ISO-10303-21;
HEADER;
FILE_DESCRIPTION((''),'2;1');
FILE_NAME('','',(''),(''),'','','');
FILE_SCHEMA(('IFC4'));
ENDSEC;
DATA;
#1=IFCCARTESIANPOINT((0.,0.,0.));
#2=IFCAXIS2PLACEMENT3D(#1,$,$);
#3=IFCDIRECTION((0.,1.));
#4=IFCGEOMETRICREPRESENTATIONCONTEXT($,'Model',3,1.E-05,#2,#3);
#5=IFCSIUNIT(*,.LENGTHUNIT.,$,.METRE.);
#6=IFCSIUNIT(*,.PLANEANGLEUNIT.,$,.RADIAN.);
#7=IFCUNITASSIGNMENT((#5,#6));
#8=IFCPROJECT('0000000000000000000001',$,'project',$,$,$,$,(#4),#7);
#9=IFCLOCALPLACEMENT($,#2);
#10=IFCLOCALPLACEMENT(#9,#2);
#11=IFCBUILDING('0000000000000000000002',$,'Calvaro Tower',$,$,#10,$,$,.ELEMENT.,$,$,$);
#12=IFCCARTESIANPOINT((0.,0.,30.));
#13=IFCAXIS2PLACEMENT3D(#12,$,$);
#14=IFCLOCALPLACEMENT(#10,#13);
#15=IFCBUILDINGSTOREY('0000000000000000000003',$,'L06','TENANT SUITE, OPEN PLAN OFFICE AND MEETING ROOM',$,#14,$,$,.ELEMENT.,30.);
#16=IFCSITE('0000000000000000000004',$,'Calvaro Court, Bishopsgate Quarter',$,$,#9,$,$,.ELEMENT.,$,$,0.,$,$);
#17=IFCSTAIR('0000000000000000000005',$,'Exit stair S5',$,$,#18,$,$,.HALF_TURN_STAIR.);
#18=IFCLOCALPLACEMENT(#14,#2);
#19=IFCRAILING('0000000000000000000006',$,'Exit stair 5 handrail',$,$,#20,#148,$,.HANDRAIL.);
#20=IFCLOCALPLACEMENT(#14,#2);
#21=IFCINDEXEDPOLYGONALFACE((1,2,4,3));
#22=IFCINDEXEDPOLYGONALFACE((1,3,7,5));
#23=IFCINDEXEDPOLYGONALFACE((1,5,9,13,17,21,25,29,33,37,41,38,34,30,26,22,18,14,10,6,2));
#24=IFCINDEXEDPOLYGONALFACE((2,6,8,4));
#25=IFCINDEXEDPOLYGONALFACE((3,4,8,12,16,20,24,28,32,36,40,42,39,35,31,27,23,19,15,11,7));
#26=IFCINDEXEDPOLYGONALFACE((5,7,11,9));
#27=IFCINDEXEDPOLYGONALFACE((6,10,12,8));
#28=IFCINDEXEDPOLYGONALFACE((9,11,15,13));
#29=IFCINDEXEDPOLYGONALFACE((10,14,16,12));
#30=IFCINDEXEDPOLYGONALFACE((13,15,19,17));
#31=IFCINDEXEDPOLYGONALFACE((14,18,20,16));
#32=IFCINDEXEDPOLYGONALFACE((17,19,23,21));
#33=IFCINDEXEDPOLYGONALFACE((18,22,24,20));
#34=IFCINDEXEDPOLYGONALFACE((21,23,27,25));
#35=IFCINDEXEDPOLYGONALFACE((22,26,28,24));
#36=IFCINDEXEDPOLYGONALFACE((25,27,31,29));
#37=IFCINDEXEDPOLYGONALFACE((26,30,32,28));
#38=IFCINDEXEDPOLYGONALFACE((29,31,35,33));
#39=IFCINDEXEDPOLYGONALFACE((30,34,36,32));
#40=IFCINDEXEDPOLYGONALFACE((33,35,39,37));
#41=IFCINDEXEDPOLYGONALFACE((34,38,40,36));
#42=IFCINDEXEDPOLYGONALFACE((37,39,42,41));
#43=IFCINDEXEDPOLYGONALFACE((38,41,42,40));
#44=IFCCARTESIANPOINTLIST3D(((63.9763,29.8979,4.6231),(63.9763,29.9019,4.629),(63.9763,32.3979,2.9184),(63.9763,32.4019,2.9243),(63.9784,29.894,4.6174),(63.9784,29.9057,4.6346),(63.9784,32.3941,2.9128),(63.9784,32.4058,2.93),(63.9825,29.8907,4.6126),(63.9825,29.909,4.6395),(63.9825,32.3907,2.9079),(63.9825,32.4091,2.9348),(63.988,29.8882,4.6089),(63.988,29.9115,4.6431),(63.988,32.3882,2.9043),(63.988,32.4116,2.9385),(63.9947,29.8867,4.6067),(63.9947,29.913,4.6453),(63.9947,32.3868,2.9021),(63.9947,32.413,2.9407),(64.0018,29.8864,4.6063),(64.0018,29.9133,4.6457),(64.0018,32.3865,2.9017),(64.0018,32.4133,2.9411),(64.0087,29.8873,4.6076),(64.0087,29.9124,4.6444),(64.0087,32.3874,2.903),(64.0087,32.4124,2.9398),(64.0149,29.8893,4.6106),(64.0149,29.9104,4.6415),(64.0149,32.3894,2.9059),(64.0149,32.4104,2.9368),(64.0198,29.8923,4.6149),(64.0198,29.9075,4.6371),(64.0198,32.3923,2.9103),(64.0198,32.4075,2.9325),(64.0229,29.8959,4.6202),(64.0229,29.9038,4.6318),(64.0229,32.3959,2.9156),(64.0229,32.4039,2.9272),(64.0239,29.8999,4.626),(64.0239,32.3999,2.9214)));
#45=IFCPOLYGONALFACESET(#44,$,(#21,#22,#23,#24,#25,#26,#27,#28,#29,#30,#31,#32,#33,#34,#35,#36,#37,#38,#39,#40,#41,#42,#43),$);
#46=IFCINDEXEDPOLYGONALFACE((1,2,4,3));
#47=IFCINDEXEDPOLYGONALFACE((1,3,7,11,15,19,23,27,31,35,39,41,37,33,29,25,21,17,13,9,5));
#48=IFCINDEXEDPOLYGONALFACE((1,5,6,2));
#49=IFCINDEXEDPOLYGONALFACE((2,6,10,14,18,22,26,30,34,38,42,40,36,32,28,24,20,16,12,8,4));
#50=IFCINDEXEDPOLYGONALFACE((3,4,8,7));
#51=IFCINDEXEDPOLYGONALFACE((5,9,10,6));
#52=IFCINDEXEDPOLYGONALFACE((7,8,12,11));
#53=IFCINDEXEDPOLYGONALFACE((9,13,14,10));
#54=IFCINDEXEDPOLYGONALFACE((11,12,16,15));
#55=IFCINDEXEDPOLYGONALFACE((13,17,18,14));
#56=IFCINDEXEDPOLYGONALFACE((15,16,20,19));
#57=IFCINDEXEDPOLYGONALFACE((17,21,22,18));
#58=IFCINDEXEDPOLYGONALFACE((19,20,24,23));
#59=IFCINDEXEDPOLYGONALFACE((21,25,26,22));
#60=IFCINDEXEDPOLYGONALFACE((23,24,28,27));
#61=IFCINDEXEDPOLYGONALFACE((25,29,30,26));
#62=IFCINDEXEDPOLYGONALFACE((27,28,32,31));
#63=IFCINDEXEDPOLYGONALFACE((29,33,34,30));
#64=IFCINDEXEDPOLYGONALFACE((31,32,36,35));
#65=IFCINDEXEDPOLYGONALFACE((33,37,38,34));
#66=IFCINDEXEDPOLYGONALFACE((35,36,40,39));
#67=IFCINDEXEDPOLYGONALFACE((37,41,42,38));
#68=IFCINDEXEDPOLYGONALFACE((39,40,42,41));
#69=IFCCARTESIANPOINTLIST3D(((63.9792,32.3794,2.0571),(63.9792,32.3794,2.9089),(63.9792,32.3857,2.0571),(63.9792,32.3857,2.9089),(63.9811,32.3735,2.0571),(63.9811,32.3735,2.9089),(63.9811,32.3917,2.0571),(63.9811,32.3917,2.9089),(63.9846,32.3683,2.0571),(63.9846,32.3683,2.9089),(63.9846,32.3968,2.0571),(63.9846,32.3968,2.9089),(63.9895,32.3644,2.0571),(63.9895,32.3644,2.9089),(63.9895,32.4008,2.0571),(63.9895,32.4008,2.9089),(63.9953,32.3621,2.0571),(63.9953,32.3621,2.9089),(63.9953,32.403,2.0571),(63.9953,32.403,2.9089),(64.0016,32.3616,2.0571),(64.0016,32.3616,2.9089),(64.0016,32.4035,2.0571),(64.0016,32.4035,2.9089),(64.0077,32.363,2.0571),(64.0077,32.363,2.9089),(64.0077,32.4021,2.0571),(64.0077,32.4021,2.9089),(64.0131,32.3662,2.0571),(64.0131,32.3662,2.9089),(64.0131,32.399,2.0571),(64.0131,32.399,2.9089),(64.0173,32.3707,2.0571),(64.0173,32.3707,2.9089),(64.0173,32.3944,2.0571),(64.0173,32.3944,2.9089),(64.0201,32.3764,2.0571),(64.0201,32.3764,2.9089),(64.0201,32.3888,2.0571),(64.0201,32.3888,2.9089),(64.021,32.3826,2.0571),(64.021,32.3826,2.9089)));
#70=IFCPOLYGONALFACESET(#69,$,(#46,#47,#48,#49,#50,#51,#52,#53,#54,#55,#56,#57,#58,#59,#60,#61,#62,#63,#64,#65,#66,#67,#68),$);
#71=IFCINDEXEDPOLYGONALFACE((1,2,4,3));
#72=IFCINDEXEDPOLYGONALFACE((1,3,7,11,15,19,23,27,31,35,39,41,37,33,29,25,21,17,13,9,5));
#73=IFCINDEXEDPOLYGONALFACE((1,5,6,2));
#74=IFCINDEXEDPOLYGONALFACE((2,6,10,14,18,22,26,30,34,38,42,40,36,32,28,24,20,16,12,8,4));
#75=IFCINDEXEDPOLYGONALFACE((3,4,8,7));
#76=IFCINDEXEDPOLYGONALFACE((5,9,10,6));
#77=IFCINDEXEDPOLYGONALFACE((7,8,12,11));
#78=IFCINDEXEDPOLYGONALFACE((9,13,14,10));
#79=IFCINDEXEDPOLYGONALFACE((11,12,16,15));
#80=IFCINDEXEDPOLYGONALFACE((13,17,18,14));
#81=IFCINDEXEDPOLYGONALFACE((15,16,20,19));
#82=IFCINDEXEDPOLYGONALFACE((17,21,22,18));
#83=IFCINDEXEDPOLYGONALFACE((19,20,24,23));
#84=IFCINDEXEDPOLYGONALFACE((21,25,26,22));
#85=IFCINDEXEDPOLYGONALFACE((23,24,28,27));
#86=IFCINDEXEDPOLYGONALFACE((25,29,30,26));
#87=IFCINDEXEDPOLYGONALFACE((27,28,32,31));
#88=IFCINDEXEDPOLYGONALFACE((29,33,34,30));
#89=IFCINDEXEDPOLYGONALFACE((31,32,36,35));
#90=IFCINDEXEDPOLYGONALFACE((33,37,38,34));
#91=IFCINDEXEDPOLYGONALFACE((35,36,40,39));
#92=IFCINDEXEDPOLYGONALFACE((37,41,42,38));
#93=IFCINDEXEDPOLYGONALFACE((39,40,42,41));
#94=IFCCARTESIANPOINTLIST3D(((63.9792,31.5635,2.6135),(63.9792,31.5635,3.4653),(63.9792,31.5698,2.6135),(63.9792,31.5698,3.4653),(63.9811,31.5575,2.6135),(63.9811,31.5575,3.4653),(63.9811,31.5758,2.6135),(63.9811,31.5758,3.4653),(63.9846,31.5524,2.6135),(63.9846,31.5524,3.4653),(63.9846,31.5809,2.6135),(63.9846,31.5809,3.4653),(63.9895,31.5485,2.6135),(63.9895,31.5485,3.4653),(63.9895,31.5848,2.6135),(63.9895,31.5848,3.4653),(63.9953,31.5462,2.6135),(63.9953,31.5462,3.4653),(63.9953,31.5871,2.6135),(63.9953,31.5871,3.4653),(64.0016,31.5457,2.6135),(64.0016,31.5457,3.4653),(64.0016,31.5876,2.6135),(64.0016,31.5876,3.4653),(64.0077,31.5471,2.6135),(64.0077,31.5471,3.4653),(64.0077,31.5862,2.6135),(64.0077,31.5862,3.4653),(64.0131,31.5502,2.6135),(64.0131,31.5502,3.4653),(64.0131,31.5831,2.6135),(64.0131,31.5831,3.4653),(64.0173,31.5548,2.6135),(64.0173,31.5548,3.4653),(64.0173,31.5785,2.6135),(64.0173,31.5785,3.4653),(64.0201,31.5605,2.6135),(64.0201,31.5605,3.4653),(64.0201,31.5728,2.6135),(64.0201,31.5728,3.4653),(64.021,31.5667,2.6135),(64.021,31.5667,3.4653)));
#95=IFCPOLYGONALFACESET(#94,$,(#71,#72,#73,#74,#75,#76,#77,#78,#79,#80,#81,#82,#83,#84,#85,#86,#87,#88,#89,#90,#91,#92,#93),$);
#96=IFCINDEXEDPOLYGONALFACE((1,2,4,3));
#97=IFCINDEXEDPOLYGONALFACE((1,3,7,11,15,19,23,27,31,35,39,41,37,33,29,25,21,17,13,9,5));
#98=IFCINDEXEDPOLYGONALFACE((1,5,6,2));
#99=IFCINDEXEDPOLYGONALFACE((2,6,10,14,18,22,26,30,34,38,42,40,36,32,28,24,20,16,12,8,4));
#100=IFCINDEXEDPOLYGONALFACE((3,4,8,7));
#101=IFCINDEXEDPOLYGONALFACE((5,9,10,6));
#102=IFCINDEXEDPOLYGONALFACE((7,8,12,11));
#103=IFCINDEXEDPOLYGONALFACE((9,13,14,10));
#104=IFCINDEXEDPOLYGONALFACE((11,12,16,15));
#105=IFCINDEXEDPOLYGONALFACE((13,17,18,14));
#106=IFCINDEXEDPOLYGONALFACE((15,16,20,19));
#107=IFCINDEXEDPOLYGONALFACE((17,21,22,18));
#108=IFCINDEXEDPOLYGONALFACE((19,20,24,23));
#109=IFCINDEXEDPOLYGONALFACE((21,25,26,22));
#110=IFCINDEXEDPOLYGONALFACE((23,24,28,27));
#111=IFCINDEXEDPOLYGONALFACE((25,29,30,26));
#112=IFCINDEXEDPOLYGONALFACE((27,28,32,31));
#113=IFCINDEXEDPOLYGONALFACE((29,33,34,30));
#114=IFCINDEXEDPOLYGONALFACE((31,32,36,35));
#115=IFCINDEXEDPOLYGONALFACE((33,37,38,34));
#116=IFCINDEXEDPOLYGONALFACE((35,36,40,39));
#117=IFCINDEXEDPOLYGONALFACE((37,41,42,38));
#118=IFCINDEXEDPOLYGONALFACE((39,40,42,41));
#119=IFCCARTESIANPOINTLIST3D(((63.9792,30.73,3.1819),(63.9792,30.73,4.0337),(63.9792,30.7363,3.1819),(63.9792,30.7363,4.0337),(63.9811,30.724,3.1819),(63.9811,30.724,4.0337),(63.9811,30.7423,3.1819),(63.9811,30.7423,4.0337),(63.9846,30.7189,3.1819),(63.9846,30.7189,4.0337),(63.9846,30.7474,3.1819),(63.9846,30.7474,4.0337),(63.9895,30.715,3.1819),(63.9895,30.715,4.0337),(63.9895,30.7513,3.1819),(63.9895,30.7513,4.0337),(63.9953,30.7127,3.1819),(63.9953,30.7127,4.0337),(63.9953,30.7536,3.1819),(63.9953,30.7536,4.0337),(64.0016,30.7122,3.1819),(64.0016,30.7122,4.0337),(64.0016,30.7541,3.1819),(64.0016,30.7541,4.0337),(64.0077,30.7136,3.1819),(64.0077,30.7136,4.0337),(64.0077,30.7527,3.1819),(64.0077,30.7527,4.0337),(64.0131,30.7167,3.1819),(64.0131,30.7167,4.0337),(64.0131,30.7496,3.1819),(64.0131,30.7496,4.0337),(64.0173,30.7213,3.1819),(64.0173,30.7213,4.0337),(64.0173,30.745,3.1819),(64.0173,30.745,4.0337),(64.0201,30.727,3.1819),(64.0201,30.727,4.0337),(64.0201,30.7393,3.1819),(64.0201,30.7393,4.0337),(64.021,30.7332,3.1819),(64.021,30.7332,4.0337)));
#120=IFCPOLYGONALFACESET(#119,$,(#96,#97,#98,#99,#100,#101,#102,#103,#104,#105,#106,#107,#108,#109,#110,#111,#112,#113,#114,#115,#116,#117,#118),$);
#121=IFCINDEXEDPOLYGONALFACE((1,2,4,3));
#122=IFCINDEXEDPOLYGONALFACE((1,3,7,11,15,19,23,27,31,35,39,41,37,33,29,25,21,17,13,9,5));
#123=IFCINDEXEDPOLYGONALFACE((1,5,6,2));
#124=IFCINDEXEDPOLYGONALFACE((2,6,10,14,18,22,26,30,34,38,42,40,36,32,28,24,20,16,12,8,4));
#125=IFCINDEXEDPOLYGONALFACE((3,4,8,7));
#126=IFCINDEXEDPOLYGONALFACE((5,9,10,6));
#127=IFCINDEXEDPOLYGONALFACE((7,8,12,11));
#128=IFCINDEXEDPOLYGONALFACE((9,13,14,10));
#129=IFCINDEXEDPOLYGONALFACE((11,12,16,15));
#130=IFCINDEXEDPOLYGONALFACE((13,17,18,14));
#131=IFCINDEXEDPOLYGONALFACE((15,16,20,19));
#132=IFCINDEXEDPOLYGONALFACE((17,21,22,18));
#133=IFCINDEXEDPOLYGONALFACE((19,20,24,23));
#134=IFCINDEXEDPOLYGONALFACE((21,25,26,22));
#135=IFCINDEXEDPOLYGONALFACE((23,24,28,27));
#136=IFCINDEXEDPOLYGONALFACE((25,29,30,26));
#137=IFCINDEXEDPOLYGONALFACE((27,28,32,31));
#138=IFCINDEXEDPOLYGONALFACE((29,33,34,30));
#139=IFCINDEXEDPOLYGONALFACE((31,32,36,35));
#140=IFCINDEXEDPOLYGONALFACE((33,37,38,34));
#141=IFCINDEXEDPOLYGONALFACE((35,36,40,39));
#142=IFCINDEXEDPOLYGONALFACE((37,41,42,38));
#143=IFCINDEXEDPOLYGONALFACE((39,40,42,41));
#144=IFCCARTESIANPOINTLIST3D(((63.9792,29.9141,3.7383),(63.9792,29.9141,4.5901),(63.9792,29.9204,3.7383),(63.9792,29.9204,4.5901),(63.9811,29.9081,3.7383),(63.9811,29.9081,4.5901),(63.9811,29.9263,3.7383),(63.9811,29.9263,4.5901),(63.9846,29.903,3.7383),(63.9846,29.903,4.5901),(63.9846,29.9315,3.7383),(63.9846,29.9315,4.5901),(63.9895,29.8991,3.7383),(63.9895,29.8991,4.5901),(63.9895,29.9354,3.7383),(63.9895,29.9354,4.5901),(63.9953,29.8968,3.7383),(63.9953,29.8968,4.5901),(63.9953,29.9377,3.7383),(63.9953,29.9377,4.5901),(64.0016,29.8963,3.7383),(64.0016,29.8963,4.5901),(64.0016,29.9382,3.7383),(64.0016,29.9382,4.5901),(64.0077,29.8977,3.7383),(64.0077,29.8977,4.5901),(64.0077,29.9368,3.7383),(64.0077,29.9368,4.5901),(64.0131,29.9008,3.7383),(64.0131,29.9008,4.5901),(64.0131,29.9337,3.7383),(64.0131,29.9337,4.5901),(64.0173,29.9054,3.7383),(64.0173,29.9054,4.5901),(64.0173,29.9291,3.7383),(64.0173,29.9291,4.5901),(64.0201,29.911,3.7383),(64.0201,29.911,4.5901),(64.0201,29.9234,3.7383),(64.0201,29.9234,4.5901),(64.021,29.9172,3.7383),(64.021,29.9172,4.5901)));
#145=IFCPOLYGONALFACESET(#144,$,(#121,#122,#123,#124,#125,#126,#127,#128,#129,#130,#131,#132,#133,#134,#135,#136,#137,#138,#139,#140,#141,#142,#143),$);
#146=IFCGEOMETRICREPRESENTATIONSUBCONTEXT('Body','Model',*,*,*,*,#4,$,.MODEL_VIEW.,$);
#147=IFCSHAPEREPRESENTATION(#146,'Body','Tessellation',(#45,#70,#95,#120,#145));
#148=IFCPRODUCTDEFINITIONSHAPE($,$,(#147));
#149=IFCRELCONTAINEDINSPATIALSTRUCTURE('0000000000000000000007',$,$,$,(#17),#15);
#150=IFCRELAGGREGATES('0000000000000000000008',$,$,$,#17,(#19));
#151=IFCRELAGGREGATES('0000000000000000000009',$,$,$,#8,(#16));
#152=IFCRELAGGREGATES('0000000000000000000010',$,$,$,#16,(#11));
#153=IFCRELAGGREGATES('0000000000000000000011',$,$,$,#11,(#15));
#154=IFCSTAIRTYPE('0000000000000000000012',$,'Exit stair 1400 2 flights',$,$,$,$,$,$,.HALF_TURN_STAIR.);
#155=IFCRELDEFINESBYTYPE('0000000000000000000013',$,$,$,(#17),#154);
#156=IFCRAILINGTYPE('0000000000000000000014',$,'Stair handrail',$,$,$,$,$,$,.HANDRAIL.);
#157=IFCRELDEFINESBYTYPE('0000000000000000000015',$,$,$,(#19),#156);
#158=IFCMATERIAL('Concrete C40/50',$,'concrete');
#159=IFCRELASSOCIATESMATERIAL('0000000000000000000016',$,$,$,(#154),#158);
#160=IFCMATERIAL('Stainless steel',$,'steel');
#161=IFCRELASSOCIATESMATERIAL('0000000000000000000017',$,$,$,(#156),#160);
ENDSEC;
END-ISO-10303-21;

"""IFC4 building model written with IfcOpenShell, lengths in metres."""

from ifc_helpers import new_model, si_unit, direction, frame, origin, origin_2d, place, context, subcontext, project, spatial, circle, extrude, material, type_object, element, aggregate, save


model = new_model("IFC4")

# Units and contexts
model_context = context("Model", 3, precision=1e-05, world=origin(), true_north=direction((0.0, 1.0)))
body_context = subcontext(model_context, "Body", "Model", "MODEL_VIEW")
ifc_project = project(units=[si_unit("LENGTHUNIT", "METRE"), si_unit("PLANEANGLEUNIT", "RADIAN")], contexts=[model_context])

# Site, building, storey
site_placement = place(None, origin())
site = spatial("IfcSite", under=ifc_project, at=site_placement, Name="Calvaro Court, Bishopsgate Quarter", CompositionType="ELEMENT", RefElevation=0.0)
building_placement = place(site_placement, origin())
building = spatial("IfcBuilding", under=site, at=building_placement, Name="Calvaro Tower", CompositionType="ELEMENT")
storey_placement = place(building_placement, frame((0.0, 0.0, 30.0)))
storey = spatial("IfcBuildingStorey", under=building, at=storey_placement, Name="L06", Description="TENANT SUITE, OPEN PLAN OFFICE AND MEETING ROOM", CompositionType="ELEMENT", Elevation=30.0)

# Stair
ifc_material_1 = material(Name="Concrete C40/50", Category="concrete")
stair_type = type_object("IfcStairType", Name="Exit stair 1400 2 flights", PredefinedType="HALF_TURN_STAIR", material=ifc_material_1)
stair_1_placement = place(storey_placement, origin())
stair_1 = element("IfcStair", 1, at=stair_1_placement, inside=storey, type_object=stair_type, Name="Exit stair S5", PredefinedType="HALF_TURN_STAIR")

# Shared definitions
ifc_material_2 = material(Name="Stainless steel", Category="steel")
railing_type = type_object("IfcRailingType", Name="Stair handrail", PredefinedType="HANDRAIL", material=ifc_material_2)

# Railing
railing_1_placement = place(storey_placement, frame((64.0, 32.3999, 2.0454)))
railing_1 = element("IfcRailing", 2, at=railing_1_placement, type_object=railing_type, Name="Exit stair 5 handrail", PredefinedType="HANDRAIL", context=body_context, shape_type="SweptSolid", body=[
    extrude(circle(Radius=0.0239, at=origin_2d()), frame((0.0, 0.0, 0.876), z_axis=(0.0, -0.826221, 0.563347), x_axis=(1.0, 0.0, 0.0)), (0.0, 0.0, 1.0), 3.0259),
    extrude(circle(Radius=0.021, at=origin_2d()), frame((0.0, -0.0173, 0.0117)), (0.0, 0.0, 1.0), 0.8518),
    extrude(circle(Radius=0.021, at=origin_2d()), frame((0.0, -0.8333, 0.5681)), (0.0, 0.0, 1.0), 0.8518),
    extrude(circle(Radius=0.021, at=origin_2d()), frame((0.0, -1.6667, 1.1365)), (0.0, 0.0, 1.0), 0.8518),
    extrude(circle(Radius=0.021, at=origin_2d()), frame((0.0, -2.4827, 1.6929)), (0.0, 0.0, 1.0), 0.8518),
])
aggregate(stair_1, [railing_1])

save(model, "model.ifc")
